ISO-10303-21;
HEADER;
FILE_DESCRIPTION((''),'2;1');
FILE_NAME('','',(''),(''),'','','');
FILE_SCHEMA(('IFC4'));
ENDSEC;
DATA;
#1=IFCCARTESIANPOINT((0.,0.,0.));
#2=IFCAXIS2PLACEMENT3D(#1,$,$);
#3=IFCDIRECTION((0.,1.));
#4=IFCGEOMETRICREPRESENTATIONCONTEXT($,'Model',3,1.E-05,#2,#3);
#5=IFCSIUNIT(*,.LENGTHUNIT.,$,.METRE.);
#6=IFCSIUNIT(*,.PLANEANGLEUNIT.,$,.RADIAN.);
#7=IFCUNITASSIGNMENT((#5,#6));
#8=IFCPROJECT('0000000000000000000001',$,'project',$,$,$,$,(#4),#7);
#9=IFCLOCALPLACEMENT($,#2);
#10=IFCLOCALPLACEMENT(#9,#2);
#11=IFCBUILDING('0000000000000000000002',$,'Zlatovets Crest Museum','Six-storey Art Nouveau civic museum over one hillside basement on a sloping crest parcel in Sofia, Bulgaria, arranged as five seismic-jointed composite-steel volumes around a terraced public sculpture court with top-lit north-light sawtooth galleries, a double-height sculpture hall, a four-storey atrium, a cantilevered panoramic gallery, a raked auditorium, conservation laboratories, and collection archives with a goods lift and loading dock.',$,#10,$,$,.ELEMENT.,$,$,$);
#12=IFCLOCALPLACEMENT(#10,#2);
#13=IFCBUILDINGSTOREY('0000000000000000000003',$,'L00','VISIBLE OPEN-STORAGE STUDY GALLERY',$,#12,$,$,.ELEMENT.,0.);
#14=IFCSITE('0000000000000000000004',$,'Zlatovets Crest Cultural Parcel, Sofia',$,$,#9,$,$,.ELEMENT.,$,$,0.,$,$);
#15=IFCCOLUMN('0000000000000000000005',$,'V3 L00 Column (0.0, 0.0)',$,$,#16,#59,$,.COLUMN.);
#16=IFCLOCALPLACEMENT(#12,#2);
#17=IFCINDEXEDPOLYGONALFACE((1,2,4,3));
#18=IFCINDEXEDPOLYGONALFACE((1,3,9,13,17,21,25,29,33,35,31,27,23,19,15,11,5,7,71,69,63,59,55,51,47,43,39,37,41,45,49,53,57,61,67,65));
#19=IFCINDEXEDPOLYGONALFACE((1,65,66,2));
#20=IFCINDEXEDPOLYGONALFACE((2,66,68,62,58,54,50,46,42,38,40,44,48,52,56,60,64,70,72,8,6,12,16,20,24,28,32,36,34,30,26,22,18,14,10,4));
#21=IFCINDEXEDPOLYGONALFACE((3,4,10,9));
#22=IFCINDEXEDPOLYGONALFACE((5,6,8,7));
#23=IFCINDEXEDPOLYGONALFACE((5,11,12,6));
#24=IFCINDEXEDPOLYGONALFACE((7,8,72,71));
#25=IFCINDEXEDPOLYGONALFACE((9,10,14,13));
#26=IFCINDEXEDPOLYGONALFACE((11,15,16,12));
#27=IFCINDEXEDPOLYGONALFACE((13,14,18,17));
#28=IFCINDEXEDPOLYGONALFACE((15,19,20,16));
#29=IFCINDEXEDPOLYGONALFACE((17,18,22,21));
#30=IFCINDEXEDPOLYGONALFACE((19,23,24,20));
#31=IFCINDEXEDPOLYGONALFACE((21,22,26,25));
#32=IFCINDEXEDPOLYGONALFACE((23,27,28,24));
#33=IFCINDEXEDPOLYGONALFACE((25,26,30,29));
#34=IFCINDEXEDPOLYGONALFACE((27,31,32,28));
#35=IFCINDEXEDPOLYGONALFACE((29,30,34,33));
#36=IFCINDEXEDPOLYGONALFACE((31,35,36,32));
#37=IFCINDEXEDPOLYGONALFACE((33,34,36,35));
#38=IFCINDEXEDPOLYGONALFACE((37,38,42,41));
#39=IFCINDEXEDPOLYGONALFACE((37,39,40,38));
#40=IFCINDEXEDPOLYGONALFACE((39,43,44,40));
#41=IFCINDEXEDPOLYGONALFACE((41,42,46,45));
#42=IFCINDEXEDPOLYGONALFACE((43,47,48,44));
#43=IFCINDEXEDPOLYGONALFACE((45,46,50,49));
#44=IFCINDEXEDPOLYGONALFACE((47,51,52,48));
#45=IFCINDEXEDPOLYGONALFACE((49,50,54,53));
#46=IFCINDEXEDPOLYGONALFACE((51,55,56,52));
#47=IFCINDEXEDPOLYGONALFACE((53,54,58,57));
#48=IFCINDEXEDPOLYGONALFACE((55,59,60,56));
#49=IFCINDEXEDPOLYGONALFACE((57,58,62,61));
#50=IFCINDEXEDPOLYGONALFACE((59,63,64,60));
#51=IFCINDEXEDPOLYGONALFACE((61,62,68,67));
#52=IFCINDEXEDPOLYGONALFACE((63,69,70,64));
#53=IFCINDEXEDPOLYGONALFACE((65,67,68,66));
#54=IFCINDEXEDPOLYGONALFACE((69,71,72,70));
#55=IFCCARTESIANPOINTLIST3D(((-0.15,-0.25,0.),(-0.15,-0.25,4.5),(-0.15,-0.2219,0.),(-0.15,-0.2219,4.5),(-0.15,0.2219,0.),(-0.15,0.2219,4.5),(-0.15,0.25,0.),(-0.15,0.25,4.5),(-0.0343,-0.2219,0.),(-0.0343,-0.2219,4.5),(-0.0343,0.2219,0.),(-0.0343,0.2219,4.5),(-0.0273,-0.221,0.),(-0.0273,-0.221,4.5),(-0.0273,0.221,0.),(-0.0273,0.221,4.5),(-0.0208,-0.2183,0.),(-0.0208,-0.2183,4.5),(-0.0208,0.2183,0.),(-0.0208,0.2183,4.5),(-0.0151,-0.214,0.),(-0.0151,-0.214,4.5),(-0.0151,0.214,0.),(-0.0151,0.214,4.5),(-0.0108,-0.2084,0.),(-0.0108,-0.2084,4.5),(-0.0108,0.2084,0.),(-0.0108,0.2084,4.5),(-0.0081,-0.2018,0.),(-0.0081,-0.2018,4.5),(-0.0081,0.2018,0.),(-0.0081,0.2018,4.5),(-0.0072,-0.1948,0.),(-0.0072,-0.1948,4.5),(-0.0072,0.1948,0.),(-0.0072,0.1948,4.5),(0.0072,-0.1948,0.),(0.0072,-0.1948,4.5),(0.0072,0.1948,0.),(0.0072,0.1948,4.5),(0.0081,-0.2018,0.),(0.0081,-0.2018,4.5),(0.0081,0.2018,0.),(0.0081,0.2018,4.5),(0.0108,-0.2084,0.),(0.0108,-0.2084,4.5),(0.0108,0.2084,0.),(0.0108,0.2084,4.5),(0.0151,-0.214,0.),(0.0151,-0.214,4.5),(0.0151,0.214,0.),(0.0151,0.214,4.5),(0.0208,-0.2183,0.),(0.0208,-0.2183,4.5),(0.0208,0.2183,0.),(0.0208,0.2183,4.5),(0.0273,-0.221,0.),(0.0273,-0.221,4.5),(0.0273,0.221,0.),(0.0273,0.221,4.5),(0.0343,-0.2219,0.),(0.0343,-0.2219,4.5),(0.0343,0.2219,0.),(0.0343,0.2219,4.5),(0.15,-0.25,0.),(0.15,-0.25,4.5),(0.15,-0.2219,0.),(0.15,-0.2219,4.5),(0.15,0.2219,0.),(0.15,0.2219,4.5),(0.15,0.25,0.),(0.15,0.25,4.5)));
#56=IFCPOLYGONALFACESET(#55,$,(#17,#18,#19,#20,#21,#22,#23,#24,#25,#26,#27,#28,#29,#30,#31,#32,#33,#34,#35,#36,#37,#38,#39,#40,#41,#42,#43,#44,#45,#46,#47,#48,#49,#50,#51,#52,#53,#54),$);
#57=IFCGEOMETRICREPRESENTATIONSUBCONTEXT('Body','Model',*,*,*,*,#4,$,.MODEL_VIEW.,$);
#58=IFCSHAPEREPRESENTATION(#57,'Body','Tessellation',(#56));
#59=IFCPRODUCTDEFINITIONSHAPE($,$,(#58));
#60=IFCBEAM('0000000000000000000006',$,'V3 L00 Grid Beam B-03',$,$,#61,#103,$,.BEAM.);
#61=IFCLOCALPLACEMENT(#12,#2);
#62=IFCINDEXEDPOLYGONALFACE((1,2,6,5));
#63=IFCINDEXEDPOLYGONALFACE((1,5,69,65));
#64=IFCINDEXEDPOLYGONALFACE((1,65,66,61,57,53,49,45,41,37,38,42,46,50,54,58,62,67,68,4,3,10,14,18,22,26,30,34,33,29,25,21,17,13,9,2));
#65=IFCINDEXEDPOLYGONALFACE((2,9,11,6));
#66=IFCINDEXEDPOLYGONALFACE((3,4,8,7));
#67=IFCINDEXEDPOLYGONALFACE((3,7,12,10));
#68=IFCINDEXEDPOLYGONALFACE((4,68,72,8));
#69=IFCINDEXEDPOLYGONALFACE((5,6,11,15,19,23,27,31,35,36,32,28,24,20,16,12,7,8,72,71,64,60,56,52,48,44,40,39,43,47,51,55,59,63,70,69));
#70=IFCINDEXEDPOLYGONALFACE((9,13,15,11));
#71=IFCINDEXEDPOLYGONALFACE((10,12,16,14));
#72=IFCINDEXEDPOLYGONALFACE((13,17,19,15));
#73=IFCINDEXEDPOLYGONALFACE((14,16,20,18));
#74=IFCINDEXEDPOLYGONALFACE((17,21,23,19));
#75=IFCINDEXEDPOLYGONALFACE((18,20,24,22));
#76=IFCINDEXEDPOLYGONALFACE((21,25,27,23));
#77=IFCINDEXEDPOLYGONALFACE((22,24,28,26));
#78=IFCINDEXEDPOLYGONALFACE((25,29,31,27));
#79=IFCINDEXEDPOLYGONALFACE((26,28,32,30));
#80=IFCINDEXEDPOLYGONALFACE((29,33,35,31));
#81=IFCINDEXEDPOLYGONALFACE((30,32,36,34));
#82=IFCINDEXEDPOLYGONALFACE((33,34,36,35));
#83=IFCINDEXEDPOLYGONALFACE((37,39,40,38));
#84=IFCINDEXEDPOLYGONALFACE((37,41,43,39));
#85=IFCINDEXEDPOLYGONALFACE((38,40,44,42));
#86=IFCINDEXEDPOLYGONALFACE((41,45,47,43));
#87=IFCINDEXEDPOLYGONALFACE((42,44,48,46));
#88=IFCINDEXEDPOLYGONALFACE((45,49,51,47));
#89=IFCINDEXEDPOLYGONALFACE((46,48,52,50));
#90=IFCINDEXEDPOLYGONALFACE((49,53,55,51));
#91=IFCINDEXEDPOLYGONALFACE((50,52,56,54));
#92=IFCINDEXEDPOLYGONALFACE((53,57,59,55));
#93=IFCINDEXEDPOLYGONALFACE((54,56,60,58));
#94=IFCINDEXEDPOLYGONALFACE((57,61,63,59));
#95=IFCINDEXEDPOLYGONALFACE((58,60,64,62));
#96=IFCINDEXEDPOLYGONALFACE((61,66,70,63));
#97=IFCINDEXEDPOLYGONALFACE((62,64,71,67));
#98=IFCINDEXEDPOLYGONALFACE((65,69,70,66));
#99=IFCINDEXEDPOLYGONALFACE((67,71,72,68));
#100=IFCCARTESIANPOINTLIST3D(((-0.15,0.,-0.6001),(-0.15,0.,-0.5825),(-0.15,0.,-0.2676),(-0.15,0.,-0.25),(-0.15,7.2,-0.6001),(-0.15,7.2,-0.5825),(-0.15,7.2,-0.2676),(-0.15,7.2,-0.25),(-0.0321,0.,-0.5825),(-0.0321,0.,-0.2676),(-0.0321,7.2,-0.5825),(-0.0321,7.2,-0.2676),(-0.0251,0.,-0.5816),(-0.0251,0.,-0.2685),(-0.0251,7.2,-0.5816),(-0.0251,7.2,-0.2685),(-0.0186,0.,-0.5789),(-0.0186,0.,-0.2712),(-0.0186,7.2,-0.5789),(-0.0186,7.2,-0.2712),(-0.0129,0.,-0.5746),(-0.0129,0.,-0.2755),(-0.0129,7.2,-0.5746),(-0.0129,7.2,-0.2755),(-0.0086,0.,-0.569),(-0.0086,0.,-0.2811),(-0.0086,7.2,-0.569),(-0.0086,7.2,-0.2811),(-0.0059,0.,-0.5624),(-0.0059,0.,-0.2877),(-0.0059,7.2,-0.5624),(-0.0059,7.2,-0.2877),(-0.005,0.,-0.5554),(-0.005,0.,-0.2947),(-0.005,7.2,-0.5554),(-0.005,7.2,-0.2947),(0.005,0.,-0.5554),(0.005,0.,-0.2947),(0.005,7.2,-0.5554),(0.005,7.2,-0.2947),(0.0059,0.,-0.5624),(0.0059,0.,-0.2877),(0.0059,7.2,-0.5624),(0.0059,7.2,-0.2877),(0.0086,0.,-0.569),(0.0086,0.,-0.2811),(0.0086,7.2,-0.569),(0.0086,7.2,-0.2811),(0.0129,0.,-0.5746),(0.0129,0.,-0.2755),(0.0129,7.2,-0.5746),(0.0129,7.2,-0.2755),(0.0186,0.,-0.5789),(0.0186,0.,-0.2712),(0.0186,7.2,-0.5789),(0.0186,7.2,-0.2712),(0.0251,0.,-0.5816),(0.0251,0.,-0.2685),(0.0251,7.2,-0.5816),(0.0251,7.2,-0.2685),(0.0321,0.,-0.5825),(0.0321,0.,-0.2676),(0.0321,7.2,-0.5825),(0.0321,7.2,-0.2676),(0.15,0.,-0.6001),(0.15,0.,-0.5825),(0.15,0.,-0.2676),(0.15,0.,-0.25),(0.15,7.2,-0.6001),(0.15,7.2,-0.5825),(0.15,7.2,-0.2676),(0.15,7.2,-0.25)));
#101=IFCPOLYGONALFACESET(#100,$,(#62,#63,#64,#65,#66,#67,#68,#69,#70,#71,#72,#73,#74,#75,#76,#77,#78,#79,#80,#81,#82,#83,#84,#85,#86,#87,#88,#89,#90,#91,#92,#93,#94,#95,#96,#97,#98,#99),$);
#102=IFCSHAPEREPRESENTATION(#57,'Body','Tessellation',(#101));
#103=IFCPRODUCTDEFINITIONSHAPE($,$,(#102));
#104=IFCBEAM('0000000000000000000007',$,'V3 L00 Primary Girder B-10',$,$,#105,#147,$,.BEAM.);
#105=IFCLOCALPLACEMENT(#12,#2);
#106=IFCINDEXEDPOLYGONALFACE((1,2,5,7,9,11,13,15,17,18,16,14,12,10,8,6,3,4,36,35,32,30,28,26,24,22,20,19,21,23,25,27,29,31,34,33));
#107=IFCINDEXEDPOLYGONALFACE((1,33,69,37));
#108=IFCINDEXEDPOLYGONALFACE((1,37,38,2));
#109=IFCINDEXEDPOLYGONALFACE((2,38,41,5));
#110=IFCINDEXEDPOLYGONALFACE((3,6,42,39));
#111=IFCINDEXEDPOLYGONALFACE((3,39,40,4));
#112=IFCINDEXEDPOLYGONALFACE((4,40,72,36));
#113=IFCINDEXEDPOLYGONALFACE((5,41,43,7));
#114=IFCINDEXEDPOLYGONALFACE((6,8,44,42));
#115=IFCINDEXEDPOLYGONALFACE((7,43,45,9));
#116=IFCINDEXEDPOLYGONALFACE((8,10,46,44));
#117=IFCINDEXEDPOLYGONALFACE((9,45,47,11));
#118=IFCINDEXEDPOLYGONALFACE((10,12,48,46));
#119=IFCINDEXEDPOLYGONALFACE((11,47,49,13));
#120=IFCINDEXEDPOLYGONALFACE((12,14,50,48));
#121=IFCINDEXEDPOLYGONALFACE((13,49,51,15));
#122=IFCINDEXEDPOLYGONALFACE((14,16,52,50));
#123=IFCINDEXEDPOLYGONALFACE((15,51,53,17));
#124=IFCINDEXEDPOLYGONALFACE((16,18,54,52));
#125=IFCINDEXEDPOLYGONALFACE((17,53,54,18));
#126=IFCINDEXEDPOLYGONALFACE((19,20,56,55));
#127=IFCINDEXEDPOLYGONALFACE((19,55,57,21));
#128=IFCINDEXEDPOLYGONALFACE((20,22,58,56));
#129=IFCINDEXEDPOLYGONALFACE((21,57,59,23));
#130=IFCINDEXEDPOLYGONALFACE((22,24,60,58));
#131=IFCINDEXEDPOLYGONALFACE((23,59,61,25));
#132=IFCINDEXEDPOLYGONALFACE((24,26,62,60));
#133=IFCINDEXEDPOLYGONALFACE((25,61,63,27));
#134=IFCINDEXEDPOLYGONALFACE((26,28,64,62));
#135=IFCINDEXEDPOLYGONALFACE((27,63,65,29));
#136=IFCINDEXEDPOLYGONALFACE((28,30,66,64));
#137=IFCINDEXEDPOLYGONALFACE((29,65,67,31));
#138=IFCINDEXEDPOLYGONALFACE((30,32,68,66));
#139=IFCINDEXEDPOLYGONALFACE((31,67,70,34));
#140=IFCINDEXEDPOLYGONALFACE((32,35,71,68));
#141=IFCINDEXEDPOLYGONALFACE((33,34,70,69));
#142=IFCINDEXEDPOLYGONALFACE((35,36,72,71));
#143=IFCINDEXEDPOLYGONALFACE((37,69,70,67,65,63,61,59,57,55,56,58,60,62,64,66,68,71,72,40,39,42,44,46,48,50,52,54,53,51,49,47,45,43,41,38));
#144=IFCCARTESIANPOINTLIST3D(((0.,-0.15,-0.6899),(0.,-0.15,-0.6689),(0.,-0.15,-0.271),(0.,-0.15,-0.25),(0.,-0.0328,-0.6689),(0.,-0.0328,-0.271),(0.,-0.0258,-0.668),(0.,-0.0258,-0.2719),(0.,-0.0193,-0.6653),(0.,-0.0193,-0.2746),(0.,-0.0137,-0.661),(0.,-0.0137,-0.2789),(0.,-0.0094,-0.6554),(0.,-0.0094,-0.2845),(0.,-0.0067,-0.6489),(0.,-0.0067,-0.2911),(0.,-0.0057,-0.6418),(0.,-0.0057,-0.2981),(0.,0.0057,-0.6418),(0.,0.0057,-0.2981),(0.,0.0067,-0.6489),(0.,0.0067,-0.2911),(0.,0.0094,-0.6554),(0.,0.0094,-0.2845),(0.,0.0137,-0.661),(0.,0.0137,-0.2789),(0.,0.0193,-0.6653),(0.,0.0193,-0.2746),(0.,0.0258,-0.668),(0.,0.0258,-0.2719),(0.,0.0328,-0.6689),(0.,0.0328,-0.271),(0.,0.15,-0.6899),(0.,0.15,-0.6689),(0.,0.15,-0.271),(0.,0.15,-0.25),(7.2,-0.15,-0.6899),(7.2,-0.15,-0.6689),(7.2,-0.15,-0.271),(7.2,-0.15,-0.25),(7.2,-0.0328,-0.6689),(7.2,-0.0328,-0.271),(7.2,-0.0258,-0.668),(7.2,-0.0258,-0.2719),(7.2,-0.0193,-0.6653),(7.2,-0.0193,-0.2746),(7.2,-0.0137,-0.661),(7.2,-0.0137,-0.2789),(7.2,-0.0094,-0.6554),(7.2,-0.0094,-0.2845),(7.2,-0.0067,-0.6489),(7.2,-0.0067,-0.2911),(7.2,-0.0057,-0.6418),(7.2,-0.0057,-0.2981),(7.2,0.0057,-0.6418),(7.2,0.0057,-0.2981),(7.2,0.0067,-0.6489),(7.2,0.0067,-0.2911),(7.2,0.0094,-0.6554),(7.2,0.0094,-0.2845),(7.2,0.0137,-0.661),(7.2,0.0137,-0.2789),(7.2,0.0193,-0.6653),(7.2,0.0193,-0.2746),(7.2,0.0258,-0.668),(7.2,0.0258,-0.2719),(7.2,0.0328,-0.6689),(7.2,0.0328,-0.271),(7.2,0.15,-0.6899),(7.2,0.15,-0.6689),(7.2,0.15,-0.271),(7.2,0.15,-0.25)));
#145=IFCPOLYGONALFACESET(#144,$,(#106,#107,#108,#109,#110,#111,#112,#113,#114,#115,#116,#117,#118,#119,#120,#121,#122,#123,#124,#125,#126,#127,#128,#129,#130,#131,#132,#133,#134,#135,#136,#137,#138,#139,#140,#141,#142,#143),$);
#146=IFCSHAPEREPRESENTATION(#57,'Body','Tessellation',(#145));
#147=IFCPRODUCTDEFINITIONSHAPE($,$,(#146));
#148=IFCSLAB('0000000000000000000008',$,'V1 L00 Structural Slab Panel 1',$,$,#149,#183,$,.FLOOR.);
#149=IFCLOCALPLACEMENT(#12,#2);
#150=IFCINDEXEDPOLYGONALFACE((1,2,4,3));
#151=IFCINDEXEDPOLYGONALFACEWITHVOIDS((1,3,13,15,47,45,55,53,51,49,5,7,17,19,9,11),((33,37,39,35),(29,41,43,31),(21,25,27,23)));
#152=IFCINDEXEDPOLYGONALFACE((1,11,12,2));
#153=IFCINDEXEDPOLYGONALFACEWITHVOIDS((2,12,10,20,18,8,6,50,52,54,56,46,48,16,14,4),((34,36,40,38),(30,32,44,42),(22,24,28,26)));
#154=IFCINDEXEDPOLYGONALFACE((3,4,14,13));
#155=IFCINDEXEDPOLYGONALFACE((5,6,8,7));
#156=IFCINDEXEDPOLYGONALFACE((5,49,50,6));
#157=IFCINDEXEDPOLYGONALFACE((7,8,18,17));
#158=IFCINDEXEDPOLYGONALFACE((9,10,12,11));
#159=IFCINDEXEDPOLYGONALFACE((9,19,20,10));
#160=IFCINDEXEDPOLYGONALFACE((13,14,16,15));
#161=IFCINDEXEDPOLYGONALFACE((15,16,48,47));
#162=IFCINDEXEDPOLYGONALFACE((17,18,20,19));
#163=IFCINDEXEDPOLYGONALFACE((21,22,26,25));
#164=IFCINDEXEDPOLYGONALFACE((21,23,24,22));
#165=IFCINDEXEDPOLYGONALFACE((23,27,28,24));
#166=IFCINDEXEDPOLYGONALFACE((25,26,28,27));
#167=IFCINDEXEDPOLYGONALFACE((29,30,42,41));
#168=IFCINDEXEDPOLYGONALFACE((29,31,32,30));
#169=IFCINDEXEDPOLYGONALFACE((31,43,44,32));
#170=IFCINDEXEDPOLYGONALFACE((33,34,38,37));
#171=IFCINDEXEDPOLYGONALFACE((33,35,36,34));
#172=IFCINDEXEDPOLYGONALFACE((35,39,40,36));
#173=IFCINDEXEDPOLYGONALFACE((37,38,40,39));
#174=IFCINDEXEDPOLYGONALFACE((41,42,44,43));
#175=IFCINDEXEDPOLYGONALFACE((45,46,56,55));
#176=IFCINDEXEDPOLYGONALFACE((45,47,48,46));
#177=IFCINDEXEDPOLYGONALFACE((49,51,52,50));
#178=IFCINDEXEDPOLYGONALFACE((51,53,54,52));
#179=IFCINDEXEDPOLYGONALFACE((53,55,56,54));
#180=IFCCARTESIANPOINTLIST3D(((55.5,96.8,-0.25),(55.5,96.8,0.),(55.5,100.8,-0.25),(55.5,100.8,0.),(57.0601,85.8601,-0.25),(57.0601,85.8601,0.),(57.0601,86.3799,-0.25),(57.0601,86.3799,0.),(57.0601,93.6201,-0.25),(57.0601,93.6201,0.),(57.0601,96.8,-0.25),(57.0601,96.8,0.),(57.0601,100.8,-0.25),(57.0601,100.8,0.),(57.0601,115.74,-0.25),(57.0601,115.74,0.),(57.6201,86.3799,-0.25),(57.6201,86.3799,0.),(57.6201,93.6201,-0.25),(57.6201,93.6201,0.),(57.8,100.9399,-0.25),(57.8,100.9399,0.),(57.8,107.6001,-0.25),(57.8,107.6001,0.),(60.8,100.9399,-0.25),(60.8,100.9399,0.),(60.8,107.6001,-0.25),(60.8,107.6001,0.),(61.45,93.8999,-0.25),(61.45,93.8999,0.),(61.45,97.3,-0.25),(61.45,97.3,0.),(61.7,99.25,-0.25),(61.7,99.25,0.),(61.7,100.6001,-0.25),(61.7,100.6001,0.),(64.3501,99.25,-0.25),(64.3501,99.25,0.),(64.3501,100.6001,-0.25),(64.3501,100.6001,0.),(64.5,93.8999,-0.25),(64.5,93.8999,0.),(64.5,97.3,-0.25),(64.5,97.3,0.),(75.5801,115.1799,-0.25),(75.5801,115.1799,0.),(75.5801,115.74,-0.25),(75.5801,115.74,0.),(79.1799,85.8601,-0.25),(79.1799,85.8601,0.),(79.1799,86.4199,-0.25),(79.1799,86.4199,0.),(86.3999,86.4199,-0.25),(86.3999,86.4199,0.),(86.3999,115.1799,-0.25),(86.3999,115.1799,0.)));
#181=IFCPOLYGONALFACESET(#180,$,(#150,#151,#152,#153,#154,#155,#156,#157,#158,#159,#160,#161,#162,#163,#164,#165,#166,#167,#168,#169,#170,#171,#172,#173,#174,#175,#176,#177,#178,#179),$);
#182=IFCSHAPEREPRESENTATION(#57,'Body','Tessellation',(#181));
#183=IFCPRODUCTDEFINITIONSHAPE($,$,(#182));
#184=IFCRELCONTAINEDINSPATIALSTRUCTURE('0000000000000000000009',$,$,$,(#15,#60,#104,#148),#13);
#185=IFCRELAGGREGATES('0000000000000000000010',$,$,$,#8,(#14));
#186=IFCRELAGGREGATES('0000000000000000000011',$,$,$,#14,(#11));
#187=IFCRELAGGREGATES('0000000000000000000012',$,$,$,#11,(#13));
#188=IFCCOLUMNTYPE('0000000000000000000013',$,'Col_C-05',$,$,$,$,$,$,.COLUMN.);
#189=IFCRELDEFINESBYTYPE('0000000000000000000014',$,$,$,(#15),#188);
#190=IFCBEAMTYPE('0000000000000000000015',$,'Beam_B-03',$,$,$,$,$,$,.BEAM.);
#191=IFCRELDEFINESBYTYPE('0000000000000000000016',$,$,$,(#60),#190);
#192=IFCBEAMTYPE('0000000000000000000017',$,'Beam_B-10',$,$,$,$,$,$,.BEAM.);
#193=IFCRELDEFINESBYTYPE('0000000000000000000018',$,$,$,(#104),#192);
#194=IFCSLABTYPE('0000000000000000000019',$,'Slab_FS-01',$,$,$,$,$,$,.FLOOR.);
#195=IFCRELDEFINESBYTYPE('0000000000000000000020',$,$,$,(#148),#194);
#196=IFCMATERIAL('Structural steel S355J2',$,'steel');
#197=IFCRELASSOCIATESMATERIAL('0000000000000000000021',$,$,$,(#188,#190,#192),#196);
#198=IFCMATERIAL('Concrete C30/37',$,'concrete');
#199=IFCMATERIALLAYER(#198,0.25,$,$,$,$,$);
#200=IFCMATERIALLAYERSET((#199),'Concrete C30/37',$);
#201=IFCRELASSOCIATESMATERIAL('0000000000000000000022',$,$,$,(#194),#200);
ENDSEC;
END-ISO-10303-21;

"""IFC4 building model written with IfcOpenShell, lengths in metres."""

from ifc_helpers import new_model, si_unit, direction, frame, origin, origin_with_axes, origin_2d, place, context, subcontext, project, spatial, polyline, i_section, outline, extrude, material, layer, layer_set, material_profile, profile_set, type_object, element, save


model = new_model("IFC4")

# Units and contexts
model_context = context("Model", 3, precision=1e-05, world=origin(), true_north=direction((0.0, 1.0)))
body_context = subcontext(model_context, "Body", "Model", "MODEL_VIEW")
ifc_project = project(units=[si_unit("LENGTHUNIT", "METRE"), si_unit("PLANEANGLEUNIT", "RADIAN")], contexts=[model_context])

# Site, building, storey
site_placement = place(None, origin())
site = spatial("IfcSite", under=ifc_project, at=site_placement, Name="Zlatovets Crest Cultural Parcel, Sofia", CompositionType="ELEMENT", RefElevation=0.0)
building_placement = place(site_placement, origin())
building = spatial("IfcBuilding", under=site, at=building_placement, Name="Zlatovets Crest Museum", Description="Six-storey Art Nouveau civic museum over one hillside basement on a sloping crest parcel in Sofia, Bulgaria, arranged as five seismic-jointed composite-steel volumes around a terraced public sculpture court with top-lit north-light sawtooth galleries, a double-height sculpture hall, a four-storey atrium, a cantilevered panoramic gallery, a raked auditorium, conservation laboratories, and collection archives with a goods lift and loading dock.", CompositionType="ELEMENT")
storey_placement = place(building_placement, origin())
storey = spatial("IfcBuildingStorey", under=building, at=storey_placement, Name="L00", Description="VISIBLE OPEN-STORAGE STUDY GALLERY", CompositionType="ELEMENT", Elevation=0.0)

# Column
ifc_material_1 = material(Name="Structural steel S355J2", Category="steel")
ifc_material_profile_1 = material_profile(ifc_material_1, i_section(OverallWidth=0.3, OverallDepth=0.5, WebThickness=0.0144, FlangeThickness=0.0281, FilletRadius=0.0271, at=origin_2d()), Name="HEB 500")
ifc_profile_set_1 = profile_set([ifc_material_profile_1], Name="Structural steel S355J2")
column_type = type_object("IfcColumnType", Name="Col_C-05", PredefinedType="COLUMN", material=ifc_profile_set_1)
column_placement = place(storey_placement, origin_with_axes())
element("IfcColumn", 1, at=column_placement, inside=storey, type_object=column_type, Name="V3 L00 Column (0.0, 0.0)", PredefinedType="COLUMN", context=body_context, shape_type="SweptSolid", body=[
    extrude(i_section(OverallWidth=0.3, OverallDepth=0.5, WebThickness=0.0144, FlangeThickness=0.0281, FilletRadius=0.0271, at=origin_2d()), origin(), (0.0, 0.0, 1.0), 4.5),
])

# Beams
ifc_material_profile_2 = material_profile(ifc_material_1, i_section(OverallWidth=0.3, OverallDepth=0.3501, WebThickness=0.01, FlangeThickness=0.0176, FilletRadius=0.0271, at=origin_2d()), Name="HEA 360")
ifc_profile_set_2 = profile_set([ifc_material_profile_2], Name="Structural steel S355J2")
beam_type_1 = type_object("IfcBeamType", Name="Beam_B-03", PredefinedType="BEAM", material=ifc_profile_set_2)
beam_1_placement = place(storey_placement, frame((0.0, 0.0, -0.425), z_axis=(0.0, 1.0, 0.0), x_axis=(-1.0, 0.0, 0.0)))
element("IfcBeam", 2, at=beam_1_placement, inside=storey, type_object=beam_type_1, Name="V3 L00 Grid Beam B-03", PredefinedType="BEAM", context=body_context, shape_type="SweptSolid", body=[
    extrude(i_section(OverallWidth=0.3, OverallDepth=0.3501, WebThickness=0.01, FlangeThickness=0.0176, FilletRadius=0.0271, at=origin_2d()), origin(), (0.0, 0.0, 1.0), 7.2),
])
ifc_material_profile_3 = material_profile(ifc_material_1, i_section(OverallWidth=0.3, OverallDepth=0.4399, WebThickness=0.0115, FlangeThickness=0.021, FilletRadius=0.0271, at=origin_2d()), Name="HEA 450")
ifc_profile_set_3 = profile_set([ifc_material_profile_3], Name="Structural steel S355J2")
beam_type_2 = type_object("IfcBeamType", Name="Beam_B-10", PredefinedType="BEAM", material=ifc_profile_set_3)
beam_2_placement = place(storey_placement, frame((0.0, 0.0, -0.47), z_axis=(1.0, 0.0, 0.0), x_axis=(0.0, 1.0, 0.0)))
element("IfcBeam", 3, at=beam_2_placement, inside=storey, type_object=beam_type_2, Name="V3 L00 Primary Girder B-10", PredefinedType="BEAM", context=body_context, shape_type="SweptSolid", body=[
    extrude(i_section(OverallWidth=0.3, OverallDepth=0.4399, WebThickness=0.0115, FlangeThickness=0.021, FilletRadius=0.0271, at=origin_2d()), origin(), (0.0, 0.0, 1.0), 7.2),
])

# Slab
ifc_material_2 = material(Name="Concrete C30/37", Category="concrete")
ifc_layer_1 = layer(ifc_material_2, 0.25)
ifc_layer_set_1 = layer_set([ifc_layer_1], Name="Concrete C30/37")
slab_type_1 = type_object("IfcSlabType", Name="Slab_FS-01", PredefinedType="FLOOR", material=ifc_layer_set_1)
slab_1_placement = place(storey_placement, frame((0.0, 0.0, -0.25)))
element("IfcSlab", 4, at=slab_1_placement, inside=storey, type_object=slab_type_1, Name="V1 L00 Structural Slab Panel 1", PredefinedType="FLOOR", context=body_context, shape_type="SweptSolid", body=[
    extrude(outline(polyline([(57.0601, 115.74), (75.5801, 115.74), (75.5801, 115.1799), (86.3999, 115.1799), (86.3999, 86.4199), (79.1799, 86.4199), (79.1799, 85.8601), (57.0601, 85.8601), (57.0601, 86.3799), (57.6201, 86.3799), (57.6201, 93.6201), (57.0601, 93.6201), (57.0601, 96.8), (55.5, 96.8), (55.5, 100.8), (57.0601, 100.8), (57.0601, 115.74)]), holes=[polyline([(57.8, 107.6001), (57.8, 100.9399), (60.8, 100.9399), (60.8, 107.6001), (57.8, 107.6001)]), polyline([(64.5, 93.8999), (64.5, 97.3), (61.45, 97.3), (61.45, 93.8999), (64.5, 93.8999)]), polyline([(61.7, 99.25), (64.3501, 99.25), (64.3501, 100.6001), (61.7, 100.6001), (61.7, 99.25)])]), origin(), (0.0, 0.0, 1.0), 0.25),
])

save(model, "model.ifc")
